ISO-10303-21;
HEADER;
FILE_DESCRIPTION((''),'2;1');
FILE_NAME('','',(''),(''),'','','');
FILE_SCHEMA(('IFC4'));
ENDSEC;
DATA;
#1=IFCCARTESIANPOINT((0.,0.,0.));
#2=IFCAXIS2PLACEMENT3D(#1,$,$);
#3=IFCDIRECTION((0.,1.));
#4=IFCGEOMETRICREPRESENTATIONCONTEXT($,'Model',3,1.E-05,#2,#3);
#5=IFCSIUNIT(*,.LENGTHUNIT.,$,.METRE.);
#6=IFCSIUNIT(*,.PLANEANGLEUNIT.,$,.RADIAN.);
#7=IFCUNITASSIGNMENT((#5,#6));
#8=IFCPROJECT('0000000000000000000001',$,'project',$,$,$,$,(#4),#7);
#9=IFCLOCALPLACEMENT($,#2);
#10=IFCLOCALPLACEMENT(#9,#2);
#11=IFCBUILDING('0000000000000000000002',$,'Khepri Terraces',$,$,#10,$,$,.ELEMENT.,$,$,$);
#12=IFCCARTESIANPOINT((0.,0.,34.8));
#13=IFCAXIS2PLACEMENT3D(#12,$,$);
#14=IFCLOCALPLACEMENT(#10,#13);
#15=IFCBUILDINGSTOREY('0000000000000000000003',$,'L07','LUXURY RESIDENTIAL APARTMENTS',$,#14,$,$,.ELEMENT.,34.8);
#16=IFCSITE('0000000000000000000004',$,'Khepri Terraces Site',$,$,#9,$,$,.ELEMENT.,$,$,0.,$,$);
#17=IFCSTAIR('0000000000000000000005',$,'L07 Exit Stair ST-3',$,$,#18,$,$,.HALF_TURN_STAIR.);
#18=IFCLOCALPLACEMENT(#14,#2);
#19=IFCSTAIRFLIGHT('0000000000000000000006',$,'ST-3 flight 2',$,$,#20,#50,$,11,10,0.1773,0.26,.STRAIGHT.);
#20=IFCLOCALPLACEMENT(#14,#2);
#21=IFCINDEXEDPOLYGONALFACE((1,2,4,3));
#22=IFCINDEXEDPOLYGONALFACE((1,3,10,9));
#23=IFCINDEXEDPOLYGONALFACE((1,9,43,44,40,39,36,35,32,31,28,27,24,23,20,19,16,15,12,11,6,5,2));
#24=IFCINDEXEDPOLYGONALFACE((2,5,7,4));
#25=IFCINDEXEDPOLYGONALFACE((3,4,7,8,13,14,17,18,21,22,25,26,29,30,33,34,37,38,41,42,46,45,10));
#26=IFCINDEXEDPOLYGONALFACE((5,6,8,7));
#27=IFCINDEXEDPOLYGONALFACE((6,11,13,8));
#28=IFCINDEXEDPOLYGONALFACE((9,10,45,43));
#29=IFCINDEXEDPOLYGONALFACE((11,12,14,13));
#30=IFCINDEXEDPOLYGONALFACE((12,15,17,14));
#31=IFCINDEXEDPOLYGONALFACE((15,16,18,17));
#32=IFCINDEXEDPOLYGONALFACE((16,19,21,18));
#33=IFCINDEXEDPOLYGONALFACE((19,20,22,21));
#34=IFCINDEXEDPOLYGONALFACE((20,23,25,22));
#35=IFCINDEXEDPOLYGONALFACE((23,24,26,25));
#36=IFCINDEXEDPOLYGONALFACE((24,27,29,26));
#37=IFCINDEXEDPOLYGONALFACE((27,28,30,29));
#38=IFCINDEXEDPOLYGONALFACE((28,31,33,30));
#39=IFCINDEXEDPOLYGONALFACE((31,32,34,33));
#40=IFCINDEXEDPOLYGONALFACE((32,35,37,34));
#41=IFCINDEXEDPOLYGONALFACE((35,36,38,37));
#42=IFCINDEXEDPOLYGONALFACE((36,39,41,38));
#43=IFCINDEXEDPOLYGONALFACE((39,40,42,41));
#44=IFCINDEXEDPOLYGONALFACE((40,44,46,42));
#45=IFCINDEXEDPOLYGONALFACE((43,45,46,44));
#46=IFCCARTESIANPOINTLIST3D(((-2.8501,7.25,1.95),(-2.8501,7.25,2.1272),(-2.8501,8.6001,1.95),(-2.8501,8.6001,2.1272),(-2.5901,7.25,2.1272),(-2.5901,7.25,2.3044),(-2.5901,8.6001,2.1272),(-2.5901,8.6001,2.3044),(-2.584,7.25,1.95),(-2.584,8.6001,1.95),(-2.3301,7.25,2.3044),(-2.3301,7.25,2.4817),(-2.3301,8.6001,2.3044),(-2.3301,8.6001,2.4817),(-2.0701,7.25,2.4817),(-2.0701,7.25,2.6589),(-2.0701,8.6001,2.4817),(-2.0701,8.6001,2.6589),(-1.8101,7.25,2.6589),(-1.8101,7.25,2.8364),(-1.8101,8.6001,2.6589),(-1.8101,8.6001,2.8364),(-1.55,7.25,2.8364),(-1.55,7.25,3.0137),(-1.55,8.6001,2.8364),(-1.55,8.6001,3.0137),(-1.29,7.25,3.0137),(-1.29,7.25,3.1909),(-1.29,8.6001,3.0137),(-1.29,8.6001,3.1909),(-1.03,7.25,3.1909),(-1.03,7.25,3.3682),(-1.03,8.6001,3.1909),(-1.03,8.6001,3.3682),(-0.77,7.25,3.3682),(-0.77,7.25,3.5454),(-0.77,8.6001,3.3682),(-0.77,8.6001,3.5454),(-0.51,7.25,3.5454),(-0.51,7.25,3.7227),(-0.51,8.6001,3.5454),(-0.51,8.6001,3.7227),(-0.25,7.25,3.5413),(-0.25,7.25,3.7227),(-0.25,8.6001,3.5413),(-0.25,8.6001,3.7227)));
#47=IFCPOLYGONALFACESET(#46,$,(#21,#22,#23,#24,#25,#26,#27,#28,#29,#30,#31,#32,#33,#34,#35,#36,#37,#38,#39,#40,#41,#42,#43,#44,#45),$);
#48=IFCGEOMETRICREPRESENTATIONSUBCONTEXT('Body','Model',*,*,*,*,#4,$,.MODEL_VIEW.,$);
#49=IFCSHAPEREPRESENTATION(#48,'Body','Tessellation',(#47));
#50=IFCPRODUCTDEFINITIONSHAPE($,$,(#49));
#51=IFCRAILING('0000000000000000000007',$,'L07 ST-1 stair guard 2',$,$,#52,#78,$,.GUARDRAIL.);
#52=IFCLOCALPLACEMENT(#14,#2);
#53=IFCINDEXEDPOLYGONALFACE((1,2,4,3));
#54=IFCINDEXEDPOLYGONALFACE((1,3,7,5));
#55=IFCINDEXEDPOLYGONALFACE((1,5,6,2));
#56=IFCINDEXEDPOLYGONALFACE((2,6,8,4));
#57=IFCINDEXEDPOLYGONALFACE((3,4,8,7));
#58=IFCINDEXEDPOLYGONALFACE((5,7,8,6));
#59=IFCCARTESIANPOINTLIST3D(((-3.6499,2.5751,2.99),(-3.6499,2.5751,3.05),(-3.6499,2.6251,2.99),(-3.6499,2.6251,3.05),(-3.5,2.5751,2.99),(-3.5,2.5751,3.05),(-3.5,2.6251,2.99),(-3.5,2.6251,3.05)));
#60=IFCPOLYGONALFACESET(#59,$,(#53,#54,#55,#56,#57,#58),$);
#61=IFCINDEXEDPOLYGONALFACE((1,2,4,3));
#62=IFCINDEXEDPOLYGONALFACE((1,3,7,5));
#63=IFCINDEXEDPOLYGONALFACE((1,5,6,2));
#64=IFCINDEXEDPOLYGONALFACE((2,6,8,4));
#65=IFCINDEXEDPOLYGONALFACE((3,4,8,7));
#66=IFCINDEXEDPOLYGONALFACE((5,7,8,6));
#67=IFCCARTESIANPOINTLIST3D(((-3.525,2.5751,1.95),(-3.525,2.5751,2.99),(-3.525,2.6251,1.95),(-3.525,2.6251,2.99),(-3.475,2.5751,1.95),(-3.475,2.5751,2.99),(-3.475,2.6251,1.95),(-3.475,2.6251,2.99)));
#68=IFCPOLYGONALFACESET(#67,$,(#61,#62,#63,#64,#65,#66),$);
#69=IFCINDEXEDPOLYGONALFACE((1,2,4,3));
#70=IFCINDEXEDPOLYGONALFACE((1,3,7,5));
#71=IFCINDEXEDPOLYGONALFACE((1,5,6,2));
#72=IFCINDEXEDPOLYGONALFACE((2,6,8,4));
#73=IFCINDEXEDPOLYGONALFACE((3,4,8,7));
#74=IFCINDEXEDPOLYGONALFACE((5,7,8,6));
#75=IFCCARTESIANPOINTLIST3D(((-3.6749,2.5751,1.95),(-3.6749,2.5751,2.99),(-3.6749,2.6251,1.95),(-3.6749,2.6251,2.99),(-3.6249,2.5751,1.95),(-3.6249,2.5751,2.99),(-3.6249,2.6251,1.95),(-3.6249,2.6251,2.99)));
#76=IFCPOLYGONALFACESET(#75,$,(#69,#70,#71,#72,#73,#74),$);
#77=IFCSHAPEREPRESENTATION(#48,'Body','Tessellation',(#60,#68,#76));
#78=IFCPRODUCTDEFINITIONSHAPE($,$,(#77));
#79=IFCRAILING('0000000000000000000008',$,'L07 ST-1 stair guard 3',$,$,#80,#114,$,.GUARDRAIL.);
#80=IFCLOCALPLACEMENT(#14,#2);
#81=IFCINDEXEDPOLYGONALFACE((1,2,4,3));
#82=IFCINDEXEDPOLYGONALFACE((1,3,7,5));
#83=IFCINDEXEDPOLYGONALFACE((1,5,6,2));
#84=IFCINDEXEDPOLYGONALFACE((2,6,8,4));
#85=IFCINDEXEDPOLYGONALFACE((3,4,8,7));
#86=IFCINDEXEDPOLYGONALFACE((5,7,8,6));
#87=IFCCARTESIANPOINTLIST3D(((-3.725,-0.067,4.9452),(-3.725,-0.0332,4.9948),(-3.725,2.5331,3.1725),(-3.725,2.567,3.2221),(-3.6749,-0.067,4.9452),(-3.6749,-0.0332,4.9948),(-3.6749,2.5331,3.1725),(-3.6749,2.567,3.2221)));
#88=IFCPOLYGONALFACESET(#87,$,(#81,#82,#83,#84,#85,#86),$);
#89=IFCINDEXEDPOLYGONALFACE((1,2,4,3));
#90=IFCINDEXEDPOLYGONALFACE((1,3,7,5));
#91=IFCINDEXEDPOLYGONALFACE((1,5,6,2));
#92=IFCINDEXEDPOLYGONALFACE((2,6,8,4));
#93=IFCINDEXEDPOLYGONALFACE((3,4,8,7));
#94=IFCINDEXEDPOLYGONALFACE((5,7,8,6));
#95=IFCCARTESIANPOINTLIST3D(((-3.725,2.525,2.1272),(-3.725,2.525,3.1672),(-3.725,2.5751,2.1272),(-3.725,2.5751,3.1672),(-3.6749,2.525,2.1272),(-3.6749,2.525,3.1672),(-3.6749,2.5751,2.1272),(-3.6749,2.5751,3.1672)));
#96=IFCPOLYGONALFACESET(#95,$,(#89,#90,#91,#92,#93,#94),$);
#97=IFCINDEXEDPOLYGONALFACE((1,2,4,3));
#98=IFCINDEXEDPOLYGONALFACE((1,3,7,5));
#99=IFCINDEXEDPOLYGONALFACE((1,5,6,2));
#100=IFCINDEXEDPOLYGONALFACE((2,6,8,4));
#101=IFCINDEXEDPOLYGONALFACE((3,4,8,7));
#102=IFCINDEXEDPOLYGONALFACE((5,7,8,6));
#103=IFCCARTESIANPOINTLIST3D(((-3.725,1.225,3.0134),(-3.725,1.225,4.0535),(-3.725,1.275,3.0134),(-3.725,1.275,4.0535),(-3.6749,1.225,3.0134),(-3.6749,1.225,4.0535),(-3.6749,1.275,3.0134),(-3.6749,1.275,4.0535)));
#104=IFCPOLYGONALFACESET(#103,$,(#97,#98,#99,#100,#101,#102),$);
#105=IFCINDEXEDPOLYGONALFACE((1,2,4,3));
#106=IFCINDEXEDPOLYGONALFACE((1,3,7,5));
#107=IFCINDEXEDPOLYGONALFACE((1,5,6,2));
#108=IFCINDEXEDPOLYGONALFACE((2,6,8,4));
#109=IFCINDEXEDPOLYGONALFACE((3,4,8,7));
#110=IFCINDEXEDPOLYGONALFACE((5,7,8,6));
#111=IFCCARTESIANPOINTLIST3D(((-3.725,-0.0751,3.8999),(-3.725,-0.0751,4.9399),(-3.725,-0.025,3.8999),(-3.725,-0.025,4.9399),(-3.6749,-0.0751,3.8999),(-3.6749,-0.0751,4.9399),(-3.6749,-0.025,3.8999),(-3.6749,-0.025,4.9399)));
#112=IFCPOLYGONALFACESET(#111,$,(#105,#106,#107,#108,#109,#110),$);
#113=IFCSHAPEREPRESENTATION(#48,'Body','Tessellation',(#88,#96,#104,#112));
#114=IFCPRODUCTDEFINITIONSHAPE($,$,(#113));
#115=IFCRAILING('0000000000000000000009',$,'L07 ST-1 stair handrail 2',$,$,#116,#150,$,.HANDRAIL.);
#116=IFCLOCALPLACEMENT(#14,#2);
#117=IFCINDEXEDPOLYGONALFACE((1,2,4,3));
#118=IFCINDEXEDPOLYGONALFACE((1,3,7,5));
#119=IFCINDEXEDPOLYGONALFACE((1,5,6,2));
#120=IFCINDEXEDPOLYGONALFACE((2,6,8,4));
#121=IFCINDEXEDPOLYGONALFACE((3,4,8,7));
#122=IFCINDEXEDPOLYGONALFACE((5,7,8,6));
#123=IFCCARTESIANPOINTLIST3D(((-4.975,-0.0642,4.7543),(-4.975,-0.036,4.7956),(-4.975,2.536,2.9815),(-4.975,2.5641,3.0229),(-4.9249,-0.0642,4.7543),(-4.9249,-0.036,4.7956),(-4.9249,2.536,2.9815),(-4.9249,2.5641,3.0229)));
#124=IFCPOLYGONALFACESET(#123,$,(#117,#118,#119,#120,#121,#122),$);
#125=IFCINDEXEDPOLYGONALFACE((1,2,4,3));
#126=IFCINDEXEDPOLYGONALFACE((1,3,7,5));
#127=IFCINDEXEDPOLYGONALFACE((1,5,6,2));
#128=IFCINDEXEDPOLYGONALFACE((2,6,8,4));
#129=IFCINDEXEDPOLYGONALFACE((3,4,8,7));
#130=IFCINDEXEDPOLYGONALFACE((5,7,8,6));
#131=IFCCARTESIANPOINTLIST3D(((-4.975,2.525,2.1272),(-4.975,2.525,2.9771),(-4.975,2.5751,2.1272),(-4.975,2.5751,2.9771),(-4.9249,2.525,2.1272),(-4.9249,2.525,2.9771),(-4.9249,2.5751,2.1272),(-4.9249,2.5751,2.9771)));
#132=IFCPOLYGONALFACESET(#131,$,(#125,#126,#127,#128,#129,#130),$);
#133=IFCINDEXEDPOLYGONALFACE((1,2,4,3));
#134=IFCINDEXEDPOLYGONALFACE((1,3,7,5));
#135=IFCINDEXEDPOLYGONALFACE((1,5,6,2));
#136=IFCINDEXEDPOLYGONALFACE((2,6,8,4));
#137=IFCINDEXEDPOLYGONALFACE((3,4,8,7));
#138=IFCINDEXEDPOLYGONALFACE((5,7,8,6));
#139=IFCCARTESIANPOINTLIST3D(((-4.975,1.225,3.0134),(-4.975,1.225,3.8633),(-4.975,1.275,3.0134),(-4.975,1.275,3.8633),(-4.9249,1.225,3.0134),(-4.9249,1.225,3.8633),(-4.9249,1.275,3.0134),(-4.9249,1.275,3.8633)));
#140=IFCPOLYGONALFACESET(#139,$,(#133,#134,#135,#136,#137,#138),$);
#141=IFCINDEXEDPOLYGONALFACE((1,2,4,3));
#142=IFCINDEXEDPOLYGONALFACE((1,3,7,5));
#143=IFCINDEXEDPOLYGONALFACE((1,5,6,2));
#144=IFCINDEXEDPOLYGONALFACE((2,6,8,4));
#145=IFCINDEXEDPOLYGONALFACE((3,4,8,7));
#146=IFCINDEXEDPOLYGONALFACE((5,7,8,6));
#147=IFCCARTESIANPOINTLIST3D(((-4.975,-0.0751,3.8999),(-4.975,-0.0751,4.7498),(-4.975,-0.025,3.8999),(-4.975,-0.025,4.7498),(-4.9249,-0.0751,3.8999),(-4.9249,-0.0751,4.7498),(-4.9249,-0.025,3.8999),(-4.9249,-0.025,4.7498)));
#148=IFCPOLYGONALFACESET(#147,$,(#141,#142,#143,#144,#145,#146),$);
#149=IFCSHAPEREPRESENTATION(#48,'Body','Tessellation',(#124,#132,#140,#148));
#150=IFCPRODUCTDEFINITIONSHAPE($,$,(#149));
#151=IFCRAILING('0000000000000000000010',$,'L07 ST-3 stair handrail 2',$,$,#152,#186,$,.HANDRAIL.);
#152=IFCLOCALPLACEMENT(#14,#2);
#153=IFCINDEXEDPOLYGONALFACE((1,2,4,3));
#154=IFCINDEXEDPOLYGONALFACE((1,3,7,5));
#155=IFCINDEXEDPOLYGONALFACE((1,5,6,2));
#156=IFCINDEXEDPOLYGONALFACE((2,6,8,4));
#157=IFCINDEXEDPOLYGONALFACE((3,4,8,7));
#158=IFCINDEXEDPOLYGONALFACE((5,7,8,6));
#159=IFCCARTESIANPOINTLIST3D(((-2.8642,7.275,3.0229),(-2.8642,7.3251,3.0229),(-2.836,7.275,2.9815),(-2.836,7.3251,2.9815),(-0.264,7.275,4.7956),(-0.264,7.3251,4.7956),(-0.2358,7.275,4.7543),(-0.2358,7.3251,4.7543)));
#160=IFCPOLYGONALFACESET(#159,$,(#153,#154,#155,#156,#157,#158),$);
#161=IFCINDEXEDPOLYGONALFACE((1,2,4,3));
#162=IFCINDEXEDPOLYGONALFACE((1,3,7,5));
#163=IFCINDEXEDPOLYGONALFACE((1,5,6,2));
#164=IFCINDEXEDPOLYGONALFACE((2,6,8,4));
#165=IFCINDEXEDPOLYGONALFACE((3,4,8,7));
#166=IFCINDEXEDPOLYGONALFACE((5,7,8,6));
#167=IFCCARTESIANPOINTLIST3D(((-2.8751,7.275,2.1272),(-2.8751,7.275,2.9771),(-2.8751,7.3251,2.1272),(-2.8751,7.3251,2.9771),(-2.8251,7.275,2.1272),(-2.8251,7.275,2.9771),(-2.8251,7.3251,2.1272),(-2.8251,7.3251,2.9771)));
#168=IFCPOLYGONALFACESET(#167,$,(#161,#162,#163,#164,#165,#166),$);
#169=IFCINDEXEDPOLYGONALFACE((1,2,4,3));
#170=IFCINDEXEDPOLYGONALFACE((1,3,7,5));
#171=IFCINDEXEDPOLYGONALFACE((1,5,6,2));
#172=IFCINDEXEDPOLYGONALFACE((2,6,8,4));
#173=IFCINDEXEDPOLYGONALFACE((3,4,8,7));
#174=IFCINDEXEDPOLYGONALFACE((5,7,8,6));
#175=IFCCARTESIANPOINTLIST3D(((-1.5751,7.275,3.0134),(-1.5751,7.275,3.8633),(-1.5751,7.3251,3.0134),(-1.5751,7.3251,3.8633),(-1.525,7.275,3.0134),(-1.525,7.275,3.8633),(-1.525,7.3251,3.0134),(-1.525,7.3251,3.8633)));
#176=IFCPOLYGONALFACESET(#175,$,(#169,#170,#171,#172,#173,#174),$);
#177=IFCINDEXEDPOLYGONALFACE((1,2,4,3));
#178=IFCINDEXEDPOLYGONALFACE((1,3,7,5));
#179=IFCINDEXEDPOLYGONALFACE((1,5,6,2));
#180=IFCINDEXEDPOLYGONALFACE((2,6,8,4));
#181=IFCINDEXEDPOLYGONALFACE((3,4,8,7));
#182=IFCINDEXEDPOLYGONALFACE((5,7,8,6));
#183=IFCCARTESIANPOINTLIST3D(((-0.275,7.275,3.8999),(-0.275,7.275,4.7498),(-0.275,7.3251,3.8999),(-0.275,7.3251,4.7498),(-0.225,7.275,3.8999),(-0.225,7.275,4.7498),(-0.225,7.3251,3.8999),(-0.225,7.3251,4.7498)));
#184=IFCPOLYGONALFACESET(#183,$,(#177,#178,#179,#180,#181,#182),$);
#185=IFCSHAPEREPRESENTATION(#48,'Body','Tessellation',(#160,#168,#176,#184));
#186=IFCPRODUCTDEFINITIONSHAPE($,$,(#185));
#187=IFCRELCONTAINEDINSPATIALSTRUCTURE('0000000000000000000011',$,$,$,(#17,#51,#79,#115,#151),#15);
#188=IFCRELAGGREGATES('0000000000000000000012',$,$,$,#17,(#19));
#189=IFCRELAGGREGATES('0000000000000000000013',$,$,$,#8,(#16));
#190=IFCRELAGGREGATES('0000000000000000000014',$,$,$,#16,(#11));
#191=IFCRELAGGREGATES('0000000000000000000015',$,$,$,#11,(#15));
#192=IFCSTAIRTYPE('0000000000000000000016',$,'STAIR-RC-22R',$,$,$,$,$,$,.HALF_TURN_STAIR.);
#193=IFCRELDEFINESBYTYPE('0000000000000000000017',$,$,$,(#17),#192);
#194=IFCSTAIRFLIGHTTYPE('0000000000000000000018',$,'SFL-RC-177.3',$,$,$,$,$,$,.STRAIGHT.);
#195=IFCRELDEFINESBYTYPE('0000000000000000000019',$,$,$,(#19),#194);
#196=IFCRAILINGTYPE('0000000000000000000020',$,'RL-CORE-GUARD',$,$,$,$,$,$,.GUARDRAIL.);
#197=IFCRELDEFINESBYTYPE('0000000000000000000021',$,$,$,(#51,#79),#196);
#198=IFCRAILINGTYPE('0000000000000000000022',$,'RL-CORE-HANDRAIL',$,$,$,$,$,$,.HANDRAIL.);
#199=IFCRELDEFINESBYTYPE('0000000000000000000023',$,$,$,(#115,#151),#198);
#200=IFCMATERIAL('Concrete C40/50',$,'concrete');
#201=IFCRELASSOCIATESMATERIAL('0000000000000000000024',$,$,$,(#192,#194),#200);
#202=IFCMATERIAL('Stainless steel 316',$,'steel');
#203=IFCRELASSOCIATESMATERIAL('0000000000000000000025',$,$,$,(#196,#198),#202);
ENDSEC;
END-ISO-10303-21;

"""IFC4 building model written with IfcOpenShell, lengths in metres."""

from ifc_helpers import new_model, si_unit, direction, frame, origin, origin_2d, place, context, subcontext, project, spatial, polyline, rectangle, outline, extrude, material, type_object, element, aggregate, save


model = new_model("IFC4")

# Units and contexts
model_context = context("Model", 3, precision=1e-05, world=origin(), true_north=direction((0.0, 1.0)))
body_context = subcontext(model_context, "Body", "Model", "MODEL_VIEW")
ifc_project = project(units=[si_unit("LENGTHUNIT", "METRE"), si_unit("PLANEANGLEUNIT", "RADIAN")], contexts=[model_context])

# Site, building, storey
site_placement = place(None, origin())
site = spatial("IfcSite", under=ifc_project, at=site_placement, Name="Khepri Terraces Site", CompositionType="ELEMENT", RefElevation=0.0)
building_placement = place(site_placement, origin())
building = spatial("IfcBuilding", under=site, at=building_placement, Name="Khepri Terraces", CompositionType="ELEMENT")
storey_placement = place(building_placement, frame((0.0, 0.0, 34.8)))
storey = spatial("IfcBuildingStorey", under=building, at=storey_placement, Name="L07", Description="LUXURY RESIDENTIAL APARTMENTS", CompositionType="ELEMENT", Elevation=34.8)

# Shared definitions
ifc_material_1 = material(Name="Concrete C40/50", Category="concrete")

# Stair, stair flight
stair_type = type_object("IfcStairType", Name="STAIR-RC-22R", PredefinedType="HALF_TURN_STAIR", material=ifc_material_1)
stair_flight_type = type_object("IfcStairFlightType", Name="SFL-RC-177.3", PredefinedType="STRAIGHT", material=ifc_material_1)
stair_1_placement = place(storey_placement, origin())
stair_1 = element("IfcStair", 1, at=stair_1_placement, inside=storey, type_object=stair_type, Name="L07 Exit Stair ST-3", PredefinedType="HALF_TURN_STAIR")
stair_flight_1_placement = place(storey_placement, frame((-2.8501, 7.925, 1.95), z_axis=(0.0, 0.0, 1.0), x_axis=(1.0, 0.0, 0.0)))
stair_flight_1 = element("IfcStairFlight", 2, at=stair_flight_1_placement, type_object=stair_flight_type, Name="ST-3 flight 2", NumberOfRisers=11, NumberOfTreads=10, PredefinedType="STRAIGHT", RiserHeight=0.1773, TreadLength=0.26, context=body_context, shape_type="SweptSolid", body=[
    extrude(outline(polyline([(0.0, 0.0), (0.0, 0.1772), (0.26, 0.1772), (0.26, 0.3545), (0.52, 0.3545), (0.52, 0.5317), (0.78, 0.5317), (0.78, 0.709), (1.04, 0.709), (1.04, 0.8865), (1.3, 0.8865), (1.3, 1.0637), (1.5601, 1.0637), (1.5601, 1.241), (1.8201, 1.241), (1.8201, 1.4182), (2.0801, 1.4182), (2.0801, 1.5955), (2.3401, 1.5955), (2.3401, 1.7727), (2.6001, 1.7727), (2.6001, 1.95), (2.6001, 1.5913), (0.2661, 0.0), (0.0, 0.0)])), frame((0.0, 0.675, 0.0), z_axis=(0.0, -1.0, 0.0), x_axis=(1.0, 0.0, 0.0)), (0.0, 0.0, 1.0), 1.3501),
])
aggregate(stair_1, [stair_flight_1])

# Railings
ifc_material_2 = material(Name="Stainless steel 316", Category="steel")
railing_type_1 = type_object("IfcRailingType", Name="RL-CORE-GUARD", PredefinedType="GUARDRAIL", material=ifc_material_2)
railing_1_placement = place(storey_placement, frame((-3.5, 2.6001, 1.95)))
element("IfcRailing", 3, at=railing_1_placement, inside=storey, type_object=railing_type_1, Name="L07 ST-1 stair guard 2", PredefinedType="GUARDRAIL", context=body_context, shape_type="SweptSolid", body=[
    extrude(rectangle(XDim=0.05, YDim=0.0601, at=origin_2d()), frame((0.0, 0.0, 1.0701), z_axis=(-1.0, 0.0, 0.0), x_axis=(0.0, -1.0, 0.0)), (0.0, 0.0, 1.0), 0.1499),
    extrude(rectangle(XDim=0.05, YDim=0.05, at=origin_2d()), origin(), (0.0, 0.0, 1.0), 1.04),
    extrude(rectangle(XDim=0.05, YDim=0.05, at=origin_2d()), frame((-0.1499, 0.0, 0.0)), (0.0, 0.0, 1.0), 1.04),
])
railing_2_placement = place(storey_placement, frame((-3.7, 2.55, 2.1272)))
element("IfcRailing", 4, at=railing_2_placement, inside=storey, type_object=railing_type_1, Name="L07 ST-1 stair guard 3", PredefinedType="GUARDRAIL", context=body_context, shape_type="SweptSolid", body=[
    extrude(rectangle(XDim=0.05, YDim=0.0601, at=origin_2d()), frame((0.0, 0.0, 1.0701), z_axis=(0.0, -0.82624, 0.563318), x_axis=(1.0, 0.0, 0.0)), (0.0, 0.0, 1.0), 3.147),
    extrude(rectangle(XDim=0.05, YDim=0.05, at=origin_2d()), origin(), (0.0, 0.0, 1.0), 1.04),
    extrude(rectangle(XDim=0.05, YDim=0.05, at=origin_2d()), frame((0.0, -1.3, 0.8862)), (0.0, 0.0, 1.0), 1.04),
    extrude(rectangle(XDim=0.05, YDim=0.05, at=origin_2d()), frame((0.0, -2.6001, 1.7727)), (0.0, 0.0, 1.0), 1.04),
])
railing_type_2 = type_object("IfcRailingType", Name="RL-CORE-HANDRAIL", PredefinedType="HANDRAIL", material=ifc_material_2)
railing_3_placement = place(storey_placement, frame((-4.95, 2.55, 2.1272)))
element("IfcRailing", 5, at=railing_3_placement, inside=storey, type_object=railing_type_2, Name="L07 ST-1 stair handrail 2", PredefinedType="HANDRAIL", context=body_context, shape_type="SweptSolid", body=[
    extrude(rectangle(XDim=0.05, YDim=0.05, at=origin_2d()), frame((0.0, 0.0, 0.875), z_axis=(0.0, -0.82624, 0.563318), x_axis=(1.0, 0.0, 0.0)), (0.0, 0.0, 1.0), 3.147),
    extrude(rectangle(XDim=0.05, YDim=0.05, at=origin_2d()), origin(), (0.0, 0.0, 1.0), 0.8499),
    extrude(rectangle(XDim=0.05, YDim=0.05, at=origin_2d()), frame((0.0, -1.3, 0.8862)), (0.0, 0.0, 1.0), 0.8499),
    extrude(rectangle(XDim=0.05, YDim=0.05, at=origin_2d()), frame((0.0, -2.6001, 1.7727)), (0.0, 0.0, 1.0), 0.8499),
])
railing_4_placement = place(storey_placement, frame((-2.8501, 7.3, 2.1272)))
element("IfcRailing", 6, at=railing_4_placement, inside=storey, type_object=railing_type_2, Name="L07 ST-3 stair handrail 2", PredefinedType="HANDRAIL", context=body_context, shape_type="SweptSolid", body=[
    extrude(rectangle(XDim=0.05, YDim=0.05, at=origin_2d()), frame((0.0, 0.0, 0.875), z_axis=(0.82624, 0.0, 0.563318), x_axis=(0.0, 1.0, 0.0)), (0.0, 0.0, 1.0), 3.147),
    extrude(rectangle(XDim=0.05, YDim=0.05, at=origin_2d()), origin(), (0.0, 0.0, 1.0), 0.8499),
    extrude(rectangle(XDim=0.05, YDim=0.05, at=origin_2d()), frame((1.3, 0.0, 0.8862)), (0.0, 0.0, 1.0), 0.8499),
    extrude(rectangle(XDim=0.05, YDim=0.05, at=origin_2d()), frame((2.6001, 0.0, 1.7727)), (0.0, 0.0, 1.0), 0.8499),
])

save(model, "model.ifc")
